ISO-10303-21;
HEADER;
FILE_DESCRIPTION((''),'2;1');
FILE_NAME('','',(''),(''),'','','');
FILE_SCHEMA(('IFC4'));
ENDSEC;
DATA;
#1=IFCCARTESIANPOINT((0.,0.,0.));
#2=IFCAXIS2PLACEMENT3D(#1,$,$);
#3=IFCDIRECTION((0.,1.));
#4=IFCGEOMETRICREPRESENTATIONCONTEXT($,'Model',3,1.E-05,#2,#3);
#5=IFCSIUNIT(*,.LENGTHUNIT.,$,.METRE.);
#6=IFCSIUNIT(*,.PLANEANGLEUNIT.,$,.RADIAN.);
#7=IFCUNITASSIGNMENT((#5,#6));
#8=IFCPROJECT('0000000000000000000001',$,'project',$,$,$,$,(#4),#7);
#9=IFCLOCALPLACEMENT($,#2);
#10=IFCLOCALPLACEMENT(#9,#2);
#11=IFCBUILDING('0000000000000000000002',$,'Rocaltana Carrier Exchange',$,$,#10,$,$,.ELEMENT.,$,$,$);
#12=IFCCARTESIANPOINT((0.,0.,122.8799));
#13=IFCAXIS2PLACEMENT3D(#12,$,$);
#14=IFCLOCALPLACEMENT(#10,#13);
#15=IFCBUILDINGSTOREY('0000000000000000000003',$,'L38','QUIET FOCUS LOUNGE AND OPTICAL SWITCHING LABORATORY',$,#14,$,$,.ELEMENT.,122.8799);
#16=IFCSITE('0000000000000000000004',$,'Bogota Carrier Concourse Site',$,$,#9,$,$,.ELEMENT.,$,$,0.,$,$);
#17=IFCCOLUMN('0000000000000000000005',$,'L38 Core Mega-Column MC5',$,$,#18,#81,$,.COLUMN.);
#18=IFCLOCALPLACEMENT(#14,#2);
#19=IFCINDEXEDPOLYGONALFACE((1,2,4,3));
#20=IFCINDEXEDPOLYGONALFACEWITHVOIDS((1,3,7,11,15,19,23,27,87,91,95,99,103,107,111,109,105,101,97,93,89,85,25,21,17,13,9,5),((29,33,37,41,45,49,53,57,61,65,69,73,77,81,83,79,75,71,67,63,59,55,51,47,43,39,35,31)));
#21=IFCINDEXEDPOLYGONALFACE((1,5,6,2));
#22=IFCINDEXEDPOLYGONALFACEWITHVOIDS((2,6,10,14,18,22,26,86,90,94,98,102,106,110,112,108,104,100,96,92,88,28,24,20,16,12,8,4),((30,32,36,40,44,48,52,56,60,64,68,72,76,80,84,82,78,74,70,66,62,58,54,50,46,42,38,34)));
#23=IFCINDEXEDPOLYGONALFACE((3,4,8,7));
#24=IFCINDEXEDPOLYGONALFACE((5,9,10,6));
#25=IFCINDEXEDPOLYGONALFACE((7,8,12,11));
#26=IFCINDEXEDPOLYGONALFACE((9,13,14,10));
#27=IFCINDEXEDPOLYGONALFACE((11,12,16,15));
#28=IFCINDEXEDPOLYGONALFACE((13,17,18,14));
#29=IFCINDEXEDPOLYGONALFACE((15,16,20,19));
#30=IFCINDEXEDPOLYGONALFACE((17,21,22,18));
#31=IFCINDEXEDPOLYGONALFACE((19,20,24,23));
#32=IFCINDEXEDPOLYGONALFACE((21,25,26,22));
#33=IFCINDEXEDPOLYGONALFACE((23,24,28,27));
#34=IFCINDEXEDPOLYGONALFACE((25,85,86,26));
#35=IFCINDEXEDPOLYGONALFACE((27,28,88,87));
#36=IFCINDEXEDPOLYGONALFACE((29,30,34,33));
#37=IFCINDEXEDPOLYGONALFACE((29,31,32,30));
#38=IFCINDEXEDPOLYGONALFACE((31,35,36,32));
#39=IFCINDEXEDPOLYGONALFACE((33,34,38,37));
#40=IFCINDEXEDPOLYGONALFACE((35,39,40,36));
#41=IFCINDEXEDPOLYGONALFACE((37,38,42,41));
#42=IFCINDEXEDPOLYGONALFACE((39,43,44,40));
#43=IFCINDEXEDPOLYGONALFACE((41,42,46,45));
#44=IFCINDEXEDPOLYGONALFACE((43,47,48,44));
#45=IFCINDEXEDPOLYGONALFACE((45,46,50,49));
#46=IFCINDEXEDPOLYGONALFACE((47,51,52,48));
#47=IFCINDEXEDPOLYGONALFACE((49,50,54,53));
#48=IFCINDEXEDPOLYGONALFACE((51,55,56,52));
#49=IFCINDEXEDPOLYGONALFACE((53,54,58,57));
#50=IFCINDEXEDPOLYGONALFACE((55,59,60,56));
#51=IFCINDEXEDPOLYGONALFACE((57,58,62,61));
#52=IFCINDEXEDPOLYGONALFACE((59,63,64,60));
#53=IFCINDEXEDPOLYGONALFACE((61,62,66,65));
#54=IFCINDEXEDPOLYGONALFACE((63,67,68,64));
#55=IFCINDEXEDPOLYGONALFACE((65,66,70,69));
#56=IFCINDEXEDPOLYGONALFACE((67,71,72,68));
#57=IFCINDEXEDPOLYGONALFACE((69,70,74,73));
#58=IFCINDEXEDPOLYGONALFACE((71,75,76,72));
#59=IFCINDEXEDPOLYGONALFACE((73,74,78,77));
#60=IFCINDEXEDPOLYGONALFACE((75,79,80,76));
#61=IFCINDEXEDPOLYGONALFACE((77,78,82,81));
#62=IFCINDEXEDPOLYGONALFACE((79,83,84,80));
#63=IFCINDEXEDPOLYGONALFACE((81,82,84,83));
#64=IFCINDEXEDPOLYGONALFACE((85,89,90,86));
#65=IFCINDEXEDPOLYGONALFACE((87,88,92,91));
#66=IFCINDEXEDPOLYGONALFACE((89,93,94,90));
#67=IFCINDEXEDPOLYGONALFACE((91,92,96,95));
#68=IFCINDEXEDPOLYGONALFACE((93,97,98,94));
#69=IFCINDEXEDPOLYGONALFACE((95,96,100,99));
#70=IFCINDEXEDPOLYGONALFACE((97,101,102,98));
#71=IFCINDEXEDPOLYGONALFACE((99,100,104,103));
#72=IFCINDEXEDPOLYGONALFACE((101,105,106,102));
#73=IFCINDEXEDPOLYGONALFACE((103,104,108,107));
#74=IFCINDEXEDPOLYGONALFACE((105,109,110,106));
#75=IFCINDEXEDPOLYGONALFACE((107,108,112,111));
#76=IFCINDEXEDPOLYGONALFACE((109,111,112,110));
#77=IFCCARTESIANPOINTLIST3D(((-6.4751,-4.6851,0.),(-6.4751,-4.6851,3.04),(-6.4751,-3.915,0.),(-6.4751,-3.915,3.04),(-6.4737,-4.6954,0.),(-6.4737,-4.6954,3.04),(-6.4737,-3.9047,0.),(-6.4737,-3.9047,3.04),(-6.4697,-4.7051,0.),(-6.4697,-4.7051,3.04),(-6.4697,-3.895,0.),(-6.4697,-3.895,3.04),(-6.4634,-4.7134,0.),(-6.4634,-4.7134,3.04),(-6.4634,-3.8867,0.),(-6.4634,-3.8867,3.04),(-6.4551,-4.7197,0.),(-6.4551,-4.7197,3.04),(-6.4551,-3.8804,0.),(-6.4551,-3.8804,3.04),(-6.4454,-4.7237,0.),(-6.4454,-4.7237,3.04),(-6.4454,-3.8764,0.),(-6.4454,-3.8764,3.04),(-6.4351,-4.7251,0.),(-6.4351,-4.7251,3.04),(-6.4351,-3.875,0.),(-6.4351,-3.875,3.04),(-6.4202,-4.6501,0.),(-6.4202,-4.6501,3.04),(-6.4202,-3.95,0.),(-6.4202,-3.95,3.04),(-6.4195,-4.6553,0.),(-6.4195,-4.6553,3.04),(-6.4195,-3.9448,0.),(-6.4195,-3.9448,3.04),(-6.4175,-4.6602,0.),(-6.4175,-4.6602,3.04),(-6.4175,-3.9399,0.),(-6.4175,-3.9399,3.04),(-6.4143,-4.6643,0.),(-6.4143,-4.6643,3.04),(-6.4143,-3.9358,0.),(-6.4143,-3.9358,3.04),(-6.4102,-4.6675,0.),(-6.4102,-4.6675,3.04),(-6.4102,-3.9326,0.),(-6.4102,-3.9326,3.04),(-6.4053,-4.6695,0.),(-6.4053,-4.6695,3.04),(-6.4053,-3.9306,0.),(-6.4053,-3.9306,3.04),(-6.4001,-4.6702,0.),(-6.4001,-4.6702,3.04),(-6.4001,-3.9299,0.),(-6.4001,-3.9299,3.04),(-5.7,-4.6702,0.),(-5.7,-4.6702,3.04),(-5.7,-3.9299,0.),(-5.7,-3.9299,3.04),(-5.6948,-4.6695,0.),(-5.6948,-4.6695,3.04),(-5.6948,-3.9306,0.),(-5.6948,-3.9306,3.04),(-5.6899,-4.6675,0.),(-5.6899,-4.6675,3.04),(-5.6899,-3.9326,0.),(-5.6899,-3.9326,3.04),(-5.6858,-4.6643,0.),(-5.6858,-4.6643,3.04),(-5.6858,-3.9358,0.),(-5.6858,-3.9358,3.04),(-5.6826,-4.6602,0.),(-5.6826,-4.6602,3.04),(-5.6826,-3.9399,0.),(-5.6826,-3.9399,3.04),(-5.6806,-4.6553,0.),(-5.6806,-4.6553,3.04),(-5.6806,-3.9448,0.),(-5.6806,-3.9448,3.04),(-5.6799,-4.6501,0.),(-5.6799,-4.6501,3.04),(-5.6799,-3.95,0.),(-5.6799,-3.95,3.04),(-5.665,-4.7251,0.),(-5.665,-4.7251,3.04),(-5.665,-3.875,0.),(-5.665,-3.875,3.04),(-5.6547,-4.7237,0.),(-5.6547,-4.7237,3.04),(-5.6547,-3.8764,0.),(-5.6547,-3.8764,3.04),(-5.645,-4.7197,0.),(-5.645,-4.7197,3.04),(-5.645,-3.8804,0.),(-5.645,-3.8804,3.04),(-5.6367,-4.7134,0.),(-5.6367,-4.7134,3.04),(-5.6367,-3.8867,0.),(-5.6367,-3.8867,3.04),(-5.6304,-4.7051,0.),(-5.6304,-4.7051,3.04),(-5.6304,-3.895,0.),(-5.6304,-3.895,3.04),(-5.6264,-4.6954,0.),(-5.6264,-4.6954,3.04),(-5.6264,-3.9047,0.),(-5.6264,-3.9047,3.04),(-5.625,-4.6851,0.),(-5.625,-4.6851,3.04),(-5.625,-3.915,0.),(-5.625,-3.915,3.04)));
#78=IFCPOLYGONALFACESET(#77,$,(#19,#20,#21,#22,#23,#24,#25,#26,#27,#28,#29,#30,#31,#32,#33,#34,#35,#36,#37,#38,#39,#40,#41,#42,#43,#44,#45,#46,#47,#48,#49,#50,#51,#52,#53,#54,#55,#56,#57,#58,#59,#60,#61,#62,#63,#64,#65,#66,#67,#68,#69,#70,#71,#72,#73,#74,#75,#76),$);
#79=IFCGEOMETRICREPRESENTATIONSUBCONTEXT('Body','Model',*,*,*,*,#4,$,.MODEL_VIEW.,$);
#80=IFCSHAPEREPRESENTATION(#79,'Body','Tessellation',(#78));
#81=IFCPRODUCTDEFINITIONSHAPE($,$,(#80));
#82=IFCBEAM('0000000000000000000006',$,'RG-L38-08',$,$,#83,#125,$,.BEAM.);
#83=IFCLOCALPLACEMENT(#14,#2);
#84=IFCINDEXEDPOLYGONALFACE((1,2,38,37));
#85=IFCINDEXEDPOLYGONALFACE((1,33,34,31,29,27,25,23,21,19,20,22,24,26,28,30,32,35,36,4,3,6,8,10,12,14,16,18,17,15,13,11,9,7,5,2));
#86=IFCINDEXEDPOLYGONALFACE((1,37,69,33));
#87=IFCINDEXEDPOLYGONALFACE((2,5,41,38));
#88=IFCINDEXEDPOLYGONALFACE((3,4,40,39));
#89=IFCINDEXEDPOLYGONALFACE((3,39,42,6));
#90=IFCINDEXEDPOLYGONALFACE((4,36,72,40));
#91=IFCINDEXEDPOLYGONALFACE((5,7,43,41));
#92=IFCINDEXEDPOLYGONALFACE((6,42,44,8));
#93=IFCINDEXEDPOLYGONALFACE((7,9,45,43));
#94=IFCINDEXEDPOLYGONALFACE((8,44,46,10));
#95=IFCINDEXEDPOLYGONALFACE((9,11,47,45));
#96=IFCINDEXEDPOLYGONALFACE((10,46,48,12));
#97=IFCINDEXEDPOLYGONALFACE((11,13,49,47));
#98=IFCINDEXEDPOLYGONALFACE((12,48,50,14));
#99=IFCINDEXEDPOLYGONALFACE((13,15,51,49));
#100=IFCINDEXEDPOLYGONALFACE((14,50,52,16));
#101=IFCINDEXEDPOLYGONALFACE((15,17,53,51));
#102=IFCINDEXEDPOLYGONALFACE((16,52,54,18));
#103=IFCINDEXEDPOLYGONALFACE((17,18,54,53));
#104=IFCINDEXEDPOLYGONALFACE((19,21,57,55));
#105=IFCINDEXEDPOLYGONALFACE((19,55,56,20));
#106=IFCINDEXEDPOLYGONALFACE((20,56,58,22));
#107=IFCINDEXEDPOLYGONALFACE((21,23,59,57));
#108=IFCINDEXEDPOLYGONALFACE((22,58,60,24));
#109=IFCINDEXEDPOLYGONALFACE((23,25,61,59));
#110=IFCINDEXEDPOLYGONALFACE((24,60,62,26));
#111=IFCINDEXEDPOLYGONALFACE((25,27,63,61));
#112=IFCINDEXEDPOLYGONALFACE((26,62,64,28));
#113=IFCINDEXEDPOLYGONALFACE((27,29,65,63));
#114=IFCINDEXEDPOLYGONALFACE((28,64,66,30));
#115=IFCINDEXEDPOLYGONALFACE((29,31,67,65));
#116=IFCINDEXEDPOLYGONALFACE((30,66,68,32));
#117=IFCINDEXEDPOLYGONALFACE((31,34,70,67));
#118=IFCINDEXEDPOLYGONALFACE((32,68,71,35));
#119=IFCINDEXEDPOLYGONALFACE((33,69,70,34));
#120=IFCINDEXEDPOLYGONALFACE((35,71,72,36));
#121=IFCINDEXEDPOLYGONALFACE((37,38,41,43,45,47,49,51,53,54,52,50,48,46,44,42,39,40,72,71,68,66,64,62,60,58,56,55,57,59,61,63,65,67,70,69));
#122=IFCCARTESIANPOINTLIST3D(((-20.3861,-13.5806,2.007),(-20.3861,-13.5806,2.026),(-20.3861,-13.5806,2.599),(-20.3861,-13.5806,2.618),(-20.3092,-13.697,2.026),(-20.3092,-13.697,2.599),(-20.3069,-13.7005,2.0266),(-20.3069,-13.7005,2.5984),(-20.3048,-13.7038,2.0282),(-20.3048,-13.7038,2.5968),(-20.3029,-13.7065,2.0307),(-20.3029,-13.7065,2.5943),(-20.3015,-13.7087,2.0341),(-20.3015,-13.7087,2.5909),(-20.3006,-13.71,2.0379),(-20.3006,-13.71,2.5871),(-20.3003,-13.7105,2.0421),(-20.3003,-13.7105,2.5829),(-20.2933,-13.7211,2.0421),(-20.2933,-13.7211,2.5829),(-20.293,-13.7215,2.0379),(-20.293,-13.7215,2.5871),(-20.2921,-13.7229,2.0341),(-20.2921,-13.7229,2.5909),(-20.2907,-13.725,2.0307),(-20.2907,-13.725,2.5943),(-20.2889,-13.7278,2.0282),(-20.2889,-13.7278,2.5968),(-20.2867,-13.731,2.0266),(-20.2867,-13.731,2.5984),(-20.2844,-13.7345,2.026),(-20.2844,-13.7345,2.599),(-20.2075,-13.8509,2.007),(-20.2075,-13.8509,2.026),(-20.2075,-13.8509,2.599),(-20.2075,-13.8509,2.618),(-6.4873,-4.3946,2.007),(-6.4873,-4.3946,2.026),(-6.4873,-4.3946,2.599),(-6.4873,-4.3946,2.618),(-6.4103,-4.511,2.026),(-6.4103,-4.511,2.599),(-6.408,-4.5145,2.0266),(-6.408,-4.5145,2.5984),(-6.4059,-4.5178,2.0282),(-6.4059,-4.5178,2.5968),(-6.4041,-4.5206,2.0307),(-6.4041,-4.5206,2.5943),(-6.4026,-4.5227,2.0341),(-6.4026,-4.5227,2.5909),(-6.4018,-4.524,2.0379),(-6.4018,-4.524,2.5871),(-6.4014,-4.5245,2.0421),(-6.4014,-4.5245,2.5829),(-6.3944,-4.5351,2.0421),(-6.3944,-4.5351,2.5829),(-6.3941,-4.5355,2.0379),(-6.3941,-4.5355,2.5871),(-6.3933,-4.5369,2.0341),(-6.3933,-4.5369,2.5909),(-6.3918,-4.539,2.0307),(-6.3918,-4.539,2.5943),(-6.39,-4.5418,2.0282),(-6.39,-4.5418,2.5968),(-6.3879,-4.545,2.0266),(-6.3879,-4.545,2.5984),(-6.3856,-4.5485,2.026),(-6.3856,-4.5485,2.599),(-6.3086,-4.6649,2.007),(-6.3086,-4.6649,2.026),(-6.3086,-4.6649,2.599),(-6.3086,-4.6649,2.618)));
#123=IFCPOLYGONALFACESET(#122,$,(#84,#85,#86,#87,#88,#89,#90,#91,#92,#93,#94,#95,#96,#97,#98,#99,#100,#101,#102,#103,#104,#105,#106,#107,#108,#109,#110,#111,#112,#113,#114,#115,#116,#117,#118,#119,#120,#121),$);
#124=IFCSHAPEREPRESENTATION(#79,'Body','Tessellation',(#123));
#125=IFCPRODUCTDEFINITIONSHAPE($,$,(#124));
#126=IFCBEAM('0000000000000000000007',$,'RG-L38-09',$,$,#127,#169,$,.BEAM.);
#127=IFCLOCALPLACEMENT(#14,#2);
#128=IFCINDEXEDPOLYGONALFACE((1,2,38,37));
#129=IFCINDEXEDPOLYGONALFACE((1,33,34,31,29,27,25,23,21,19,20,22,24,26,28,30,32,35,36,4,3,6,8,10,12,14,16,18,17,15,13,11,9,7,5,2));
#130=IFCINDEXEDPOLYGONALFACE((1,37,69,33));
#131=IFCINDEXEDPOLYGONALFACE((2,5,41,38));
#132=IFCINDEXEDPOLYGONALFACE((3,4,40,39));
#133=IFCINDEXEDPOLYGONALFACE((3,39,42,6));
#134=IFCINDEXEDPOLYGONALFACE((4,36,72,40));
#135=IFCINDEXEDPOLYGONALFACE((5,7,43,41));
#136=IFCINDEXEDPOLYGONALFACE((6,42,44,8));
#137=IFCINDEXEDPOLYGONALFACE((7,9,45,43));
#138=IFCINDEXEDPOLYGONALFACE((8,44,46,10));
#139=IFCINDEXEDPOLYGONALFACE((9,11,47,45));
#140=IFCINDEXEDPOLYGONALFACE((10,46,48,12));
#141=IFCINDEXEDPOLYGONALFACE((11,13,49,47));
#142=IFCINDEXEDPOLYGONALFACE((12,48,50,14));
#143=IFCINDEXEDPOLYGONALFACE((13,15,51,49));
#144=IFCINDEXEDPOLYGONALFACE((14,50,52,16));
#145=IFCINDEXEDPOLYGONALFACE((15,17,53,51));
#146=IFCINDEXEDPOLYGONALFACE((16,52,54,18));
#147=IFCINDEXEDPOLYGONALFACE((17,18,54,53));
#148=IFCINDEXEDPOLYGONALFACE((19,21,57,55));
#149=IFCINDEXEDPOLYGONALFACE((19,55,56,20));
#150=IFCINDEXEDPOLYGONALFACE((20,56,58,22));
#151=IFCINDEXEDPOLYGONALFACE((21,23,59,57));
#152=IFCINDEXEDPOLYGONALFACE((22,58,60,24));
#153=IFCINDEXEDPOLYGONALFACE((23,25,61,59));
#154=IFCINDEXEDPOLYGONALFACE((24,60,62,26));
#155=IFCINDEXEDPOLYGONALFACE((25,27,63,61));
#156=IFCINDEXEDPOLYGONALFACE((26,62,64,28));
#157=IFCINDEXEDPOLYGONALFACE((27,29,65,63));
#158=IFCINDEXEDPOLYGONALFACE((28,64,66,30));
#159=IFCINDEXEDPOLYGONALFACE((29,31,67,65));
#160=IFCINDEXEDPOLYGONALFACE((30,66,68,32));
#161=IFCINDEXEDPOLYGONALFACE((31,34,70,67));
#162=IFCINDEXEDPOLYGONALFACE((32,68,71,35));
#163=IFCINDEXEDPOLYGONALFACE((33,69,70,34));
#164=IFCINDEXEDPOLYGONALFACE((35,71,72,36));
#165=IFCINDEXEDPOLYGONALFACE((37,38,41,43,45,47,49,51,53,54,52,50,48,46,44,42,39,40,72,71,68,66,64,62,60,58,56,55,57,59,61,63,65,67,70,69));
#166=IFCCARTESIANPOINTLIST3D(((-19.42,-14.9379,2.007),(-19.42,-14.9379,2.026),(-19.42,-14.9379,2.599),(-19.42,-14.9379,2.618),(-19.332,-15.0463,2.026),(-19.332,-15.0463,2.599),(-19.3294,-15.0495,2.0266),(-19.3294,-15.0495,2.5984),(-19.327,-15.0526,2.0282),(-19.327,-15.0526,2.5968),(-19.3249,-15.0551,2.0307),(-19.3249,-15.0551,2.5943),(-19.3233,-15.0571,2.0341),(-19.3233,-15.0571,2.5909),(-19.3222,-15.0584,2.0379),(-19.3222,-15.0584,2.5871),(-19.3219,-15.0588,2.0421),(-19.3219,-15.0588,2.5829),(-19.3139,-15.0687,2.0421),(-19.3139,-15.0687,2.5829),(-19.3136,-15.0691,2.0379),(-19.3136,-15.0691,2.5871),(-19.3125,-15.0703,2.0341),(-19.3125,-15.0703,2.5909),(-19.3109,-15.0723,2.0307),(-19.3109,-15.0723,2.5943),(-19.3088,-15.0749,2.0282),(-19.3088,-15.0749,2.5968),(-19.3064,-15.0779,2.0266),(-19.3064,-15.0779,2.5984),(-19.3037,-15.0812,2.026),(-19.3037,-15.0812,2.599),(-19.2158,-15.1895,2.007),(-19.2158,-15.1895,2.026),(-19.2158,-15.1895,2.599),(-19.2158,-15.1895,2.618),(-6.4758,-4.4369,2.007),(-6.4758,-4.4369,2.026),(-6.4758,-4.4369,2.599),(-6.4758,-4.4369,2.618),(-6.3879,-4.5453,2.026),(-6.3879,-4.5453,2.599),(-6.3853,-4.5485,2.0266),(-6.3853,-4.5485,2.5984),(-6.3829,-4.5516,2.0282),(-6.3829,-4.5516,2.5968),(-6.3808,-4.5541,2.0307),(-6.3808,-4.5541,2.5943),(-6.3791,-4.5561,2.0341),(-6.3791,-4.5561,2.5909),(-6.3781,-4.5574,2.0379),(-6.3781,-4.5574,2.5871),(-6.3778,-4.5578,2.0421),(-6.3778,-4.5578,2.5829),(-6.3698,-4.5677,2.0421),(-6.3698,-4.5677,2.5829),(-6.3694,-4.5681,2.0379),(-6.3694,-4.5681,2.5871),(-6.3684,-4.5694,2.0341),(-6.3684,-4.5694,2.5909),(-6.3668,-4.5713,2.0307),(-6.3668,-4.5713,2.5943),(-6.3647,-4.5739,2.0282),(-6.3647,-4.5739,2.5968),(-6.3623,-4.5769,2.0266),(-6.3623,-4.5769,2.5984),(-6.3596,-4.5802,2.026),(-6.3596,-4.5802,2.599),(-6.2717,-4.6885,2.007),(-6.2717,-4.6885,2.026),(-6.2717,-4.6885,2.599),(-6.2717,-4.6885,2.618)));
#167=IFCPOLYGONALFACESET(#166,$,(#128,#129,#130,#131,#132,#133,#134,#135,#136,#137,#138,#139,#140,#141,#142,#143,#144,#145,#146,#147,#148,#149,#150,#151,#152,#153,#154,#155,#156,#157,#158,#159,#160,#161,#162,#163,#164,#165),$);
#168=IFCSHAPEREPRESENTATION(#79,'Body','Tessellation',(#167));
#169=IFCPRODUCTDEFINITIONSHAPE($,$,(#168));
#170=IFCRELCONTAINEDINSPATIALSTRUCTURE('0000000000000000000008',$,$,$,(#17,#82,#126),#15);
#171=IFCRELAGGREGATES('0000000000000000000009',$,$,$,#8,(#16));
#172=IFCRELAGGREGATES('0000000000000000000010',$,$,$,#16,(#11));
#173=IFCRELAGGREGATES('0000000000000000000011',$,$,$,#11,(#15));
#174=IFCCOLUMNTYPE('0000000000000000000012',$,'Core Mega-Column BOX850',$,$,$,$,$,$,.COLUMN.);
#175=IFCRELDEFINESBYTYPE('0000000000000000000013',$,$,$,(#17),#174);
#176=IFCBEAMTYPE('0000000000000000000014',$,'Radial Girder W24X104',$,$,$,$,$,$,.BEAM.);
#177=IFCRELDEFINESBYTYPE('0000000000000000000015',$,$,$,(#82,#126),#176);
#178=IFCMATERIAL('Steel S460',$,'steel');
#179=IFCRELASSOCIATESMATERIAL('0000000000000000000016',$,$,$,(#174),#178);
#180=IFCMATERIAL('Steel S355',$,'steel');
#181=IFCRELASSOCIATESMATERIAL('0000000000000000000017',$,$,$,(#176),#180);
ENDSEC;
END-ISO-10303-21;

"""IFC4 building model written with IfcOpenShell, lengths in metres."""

from ifc_helpers import new_model, si_unit, direction, frame, origin, origin_2d, place, context, subcontext, project, spatial, hollow_rectangle, i_section, extrude, material, material_profile, profile_set, type_object, element, save


model = new_model("IFC4")

# Units and contexts
model_context = context("Model", 3, precision=1e-05, world=origin(), true_north=direction((0.0, 1.0)))
body_context = subcontext(model_context, "Body", "Model", "MODEL_VIEW")
ifc_project = project(units=[si_unit("LENGTHUNIT", "METRE"), si_unit("PLANEANGLEUNIT", "RADIAN")], contexts=[model_context])

# Site, building, storey
site_placement = place(None, origin())
site = spatial("IfcSite", under=ifc_project, at=site_placement, Name="Bogota Carrier Concourse Site", CompositionType="ELEMENT", RefElevation=0.0)
building_placement = place(site_placement, origin())
building = spatial("IfcBuilding", under=site, at=building_placement, Name="Rocaltana Carrier Exchange", CompositionType="ELEMENT")
storey_placement = place(building_placement, frame((0.0, 0.0, 122.8799)))
storey = spatial("IfcBuildingStorey", under=building, at=storey_placement, Name="L38", Description="QUIET FOCUS LOUNGE AND OPTICAL SWITCHING LABORATORY", CompositionType="ELEMENT", Elevation=122.8799)

# Column
ifc_material_1 = material(Name="Steel S460", Category="steel")
ifc_material_profile_1 = material_profile(ifc_material_1, hollow_rectangle(XDim=0.8501, YDim=0.8501, WallThickness=0.0549, InnerFilletRadius=0.02, OuterFilletRadius=0.04, at=origin_2d()), Name="BOX850X850X55")
ifc_profile_set_1 = profile_set([ifc_material_profile_1], Name="Steel S460")
column_type = type_object("IfcColumnType", Name="Core Mega-Column BOX850", PredefinedType="COLUMN", material=ifc_profile_set_1)
column_placement = place(storey_placement, frame((-6.05, -4.3, 0.0), z_axis=(0.0, 0.0, 1.0), x_axis=(1.0, 0.0, 0.0)))
element("IfcColumn", 1, at=column_placement, inside=storey, type_object=column_type, Name="L38 Core Mega-Column MC5", PredefinedType="COLUMN", context=body_context, shape_type="SweptSolid", body=[
    extrude(hollow_rectangle(XDim=0.8501, YDim=0.8501, WallThickness=0.0549, InnerFilletRadius=0.02, OuterFilletRadius=0.04, at=origin_2d()), origin(), (0.0, 0.0, 1.0), 3.04),
])

# Beams
ifc_material_2 = material(Name="Steel S355", Category="steel")
ifc_material_profile_2 = material_profile(ifc_material_2, i_section(OverallWidth=0.324, OverallDepth=0.6111, WebThickness=0.0127, FlangeThickness=0.019, FilletRadius=0.0161, at=origin_2d()), Name="W24X104")
ifc_profile_set_2 = profile_set([ifc_material_profile_2], Name="Steel S355")
beam_type = type_object("IfcBeamType", Name="Radial Girder W24X104", PredefinedType="BEAM", material=ifc_profile_set_2)
beam_1_placement = place(storey_placement, frame((-6.3979, -4.5298, 2.3125), z_axis=(-0.834258, -0.551375, 0.0), x_axis=(0.551375, -0.834258, 0.0)))
element("IfcBeam", 2, at=beam_1_placement, inside=storey, type_object=beam_type, Name="RG-L38-08", PredefinedType="BEAM", context=body_context, shape_type="SweptSolid", body=[
    extrude(i_section(OverallWidth=0.324, OverallDepth=0.6111, WebThickness=0.0127, FlangeThickness=0.019, FilletRadius=0.0161, at=origin_2d()), origin(), (0.0, 0.0, 1.0), 16.6602),
])
beam_2_placement = place(storey_placement, frame((-6.3738, -4.5627, 2.3125), z_axis=(-0.776586, -0.630011, 0.0), x_axis=(0.630011, -0.776586, 0.0)))
element("IfcBeam", 3, at=beam_2_placement, inside=storey, type_object=beam_type, Name="RG-L38-09", PredefinedType="BEAM", context=body_context, shape_type="SweptSolid", body=[
    extrude(i_section(OverallWidth=0.324, OverallDepth=0.6111, WebThickness=0.0127, FlangeThickness=0.019, FilletRadius=0.0161, at=origin_2d()), origin(), (0.0, 0.0, 1.0), 16.668),
])

save(model, "model.ifc")
